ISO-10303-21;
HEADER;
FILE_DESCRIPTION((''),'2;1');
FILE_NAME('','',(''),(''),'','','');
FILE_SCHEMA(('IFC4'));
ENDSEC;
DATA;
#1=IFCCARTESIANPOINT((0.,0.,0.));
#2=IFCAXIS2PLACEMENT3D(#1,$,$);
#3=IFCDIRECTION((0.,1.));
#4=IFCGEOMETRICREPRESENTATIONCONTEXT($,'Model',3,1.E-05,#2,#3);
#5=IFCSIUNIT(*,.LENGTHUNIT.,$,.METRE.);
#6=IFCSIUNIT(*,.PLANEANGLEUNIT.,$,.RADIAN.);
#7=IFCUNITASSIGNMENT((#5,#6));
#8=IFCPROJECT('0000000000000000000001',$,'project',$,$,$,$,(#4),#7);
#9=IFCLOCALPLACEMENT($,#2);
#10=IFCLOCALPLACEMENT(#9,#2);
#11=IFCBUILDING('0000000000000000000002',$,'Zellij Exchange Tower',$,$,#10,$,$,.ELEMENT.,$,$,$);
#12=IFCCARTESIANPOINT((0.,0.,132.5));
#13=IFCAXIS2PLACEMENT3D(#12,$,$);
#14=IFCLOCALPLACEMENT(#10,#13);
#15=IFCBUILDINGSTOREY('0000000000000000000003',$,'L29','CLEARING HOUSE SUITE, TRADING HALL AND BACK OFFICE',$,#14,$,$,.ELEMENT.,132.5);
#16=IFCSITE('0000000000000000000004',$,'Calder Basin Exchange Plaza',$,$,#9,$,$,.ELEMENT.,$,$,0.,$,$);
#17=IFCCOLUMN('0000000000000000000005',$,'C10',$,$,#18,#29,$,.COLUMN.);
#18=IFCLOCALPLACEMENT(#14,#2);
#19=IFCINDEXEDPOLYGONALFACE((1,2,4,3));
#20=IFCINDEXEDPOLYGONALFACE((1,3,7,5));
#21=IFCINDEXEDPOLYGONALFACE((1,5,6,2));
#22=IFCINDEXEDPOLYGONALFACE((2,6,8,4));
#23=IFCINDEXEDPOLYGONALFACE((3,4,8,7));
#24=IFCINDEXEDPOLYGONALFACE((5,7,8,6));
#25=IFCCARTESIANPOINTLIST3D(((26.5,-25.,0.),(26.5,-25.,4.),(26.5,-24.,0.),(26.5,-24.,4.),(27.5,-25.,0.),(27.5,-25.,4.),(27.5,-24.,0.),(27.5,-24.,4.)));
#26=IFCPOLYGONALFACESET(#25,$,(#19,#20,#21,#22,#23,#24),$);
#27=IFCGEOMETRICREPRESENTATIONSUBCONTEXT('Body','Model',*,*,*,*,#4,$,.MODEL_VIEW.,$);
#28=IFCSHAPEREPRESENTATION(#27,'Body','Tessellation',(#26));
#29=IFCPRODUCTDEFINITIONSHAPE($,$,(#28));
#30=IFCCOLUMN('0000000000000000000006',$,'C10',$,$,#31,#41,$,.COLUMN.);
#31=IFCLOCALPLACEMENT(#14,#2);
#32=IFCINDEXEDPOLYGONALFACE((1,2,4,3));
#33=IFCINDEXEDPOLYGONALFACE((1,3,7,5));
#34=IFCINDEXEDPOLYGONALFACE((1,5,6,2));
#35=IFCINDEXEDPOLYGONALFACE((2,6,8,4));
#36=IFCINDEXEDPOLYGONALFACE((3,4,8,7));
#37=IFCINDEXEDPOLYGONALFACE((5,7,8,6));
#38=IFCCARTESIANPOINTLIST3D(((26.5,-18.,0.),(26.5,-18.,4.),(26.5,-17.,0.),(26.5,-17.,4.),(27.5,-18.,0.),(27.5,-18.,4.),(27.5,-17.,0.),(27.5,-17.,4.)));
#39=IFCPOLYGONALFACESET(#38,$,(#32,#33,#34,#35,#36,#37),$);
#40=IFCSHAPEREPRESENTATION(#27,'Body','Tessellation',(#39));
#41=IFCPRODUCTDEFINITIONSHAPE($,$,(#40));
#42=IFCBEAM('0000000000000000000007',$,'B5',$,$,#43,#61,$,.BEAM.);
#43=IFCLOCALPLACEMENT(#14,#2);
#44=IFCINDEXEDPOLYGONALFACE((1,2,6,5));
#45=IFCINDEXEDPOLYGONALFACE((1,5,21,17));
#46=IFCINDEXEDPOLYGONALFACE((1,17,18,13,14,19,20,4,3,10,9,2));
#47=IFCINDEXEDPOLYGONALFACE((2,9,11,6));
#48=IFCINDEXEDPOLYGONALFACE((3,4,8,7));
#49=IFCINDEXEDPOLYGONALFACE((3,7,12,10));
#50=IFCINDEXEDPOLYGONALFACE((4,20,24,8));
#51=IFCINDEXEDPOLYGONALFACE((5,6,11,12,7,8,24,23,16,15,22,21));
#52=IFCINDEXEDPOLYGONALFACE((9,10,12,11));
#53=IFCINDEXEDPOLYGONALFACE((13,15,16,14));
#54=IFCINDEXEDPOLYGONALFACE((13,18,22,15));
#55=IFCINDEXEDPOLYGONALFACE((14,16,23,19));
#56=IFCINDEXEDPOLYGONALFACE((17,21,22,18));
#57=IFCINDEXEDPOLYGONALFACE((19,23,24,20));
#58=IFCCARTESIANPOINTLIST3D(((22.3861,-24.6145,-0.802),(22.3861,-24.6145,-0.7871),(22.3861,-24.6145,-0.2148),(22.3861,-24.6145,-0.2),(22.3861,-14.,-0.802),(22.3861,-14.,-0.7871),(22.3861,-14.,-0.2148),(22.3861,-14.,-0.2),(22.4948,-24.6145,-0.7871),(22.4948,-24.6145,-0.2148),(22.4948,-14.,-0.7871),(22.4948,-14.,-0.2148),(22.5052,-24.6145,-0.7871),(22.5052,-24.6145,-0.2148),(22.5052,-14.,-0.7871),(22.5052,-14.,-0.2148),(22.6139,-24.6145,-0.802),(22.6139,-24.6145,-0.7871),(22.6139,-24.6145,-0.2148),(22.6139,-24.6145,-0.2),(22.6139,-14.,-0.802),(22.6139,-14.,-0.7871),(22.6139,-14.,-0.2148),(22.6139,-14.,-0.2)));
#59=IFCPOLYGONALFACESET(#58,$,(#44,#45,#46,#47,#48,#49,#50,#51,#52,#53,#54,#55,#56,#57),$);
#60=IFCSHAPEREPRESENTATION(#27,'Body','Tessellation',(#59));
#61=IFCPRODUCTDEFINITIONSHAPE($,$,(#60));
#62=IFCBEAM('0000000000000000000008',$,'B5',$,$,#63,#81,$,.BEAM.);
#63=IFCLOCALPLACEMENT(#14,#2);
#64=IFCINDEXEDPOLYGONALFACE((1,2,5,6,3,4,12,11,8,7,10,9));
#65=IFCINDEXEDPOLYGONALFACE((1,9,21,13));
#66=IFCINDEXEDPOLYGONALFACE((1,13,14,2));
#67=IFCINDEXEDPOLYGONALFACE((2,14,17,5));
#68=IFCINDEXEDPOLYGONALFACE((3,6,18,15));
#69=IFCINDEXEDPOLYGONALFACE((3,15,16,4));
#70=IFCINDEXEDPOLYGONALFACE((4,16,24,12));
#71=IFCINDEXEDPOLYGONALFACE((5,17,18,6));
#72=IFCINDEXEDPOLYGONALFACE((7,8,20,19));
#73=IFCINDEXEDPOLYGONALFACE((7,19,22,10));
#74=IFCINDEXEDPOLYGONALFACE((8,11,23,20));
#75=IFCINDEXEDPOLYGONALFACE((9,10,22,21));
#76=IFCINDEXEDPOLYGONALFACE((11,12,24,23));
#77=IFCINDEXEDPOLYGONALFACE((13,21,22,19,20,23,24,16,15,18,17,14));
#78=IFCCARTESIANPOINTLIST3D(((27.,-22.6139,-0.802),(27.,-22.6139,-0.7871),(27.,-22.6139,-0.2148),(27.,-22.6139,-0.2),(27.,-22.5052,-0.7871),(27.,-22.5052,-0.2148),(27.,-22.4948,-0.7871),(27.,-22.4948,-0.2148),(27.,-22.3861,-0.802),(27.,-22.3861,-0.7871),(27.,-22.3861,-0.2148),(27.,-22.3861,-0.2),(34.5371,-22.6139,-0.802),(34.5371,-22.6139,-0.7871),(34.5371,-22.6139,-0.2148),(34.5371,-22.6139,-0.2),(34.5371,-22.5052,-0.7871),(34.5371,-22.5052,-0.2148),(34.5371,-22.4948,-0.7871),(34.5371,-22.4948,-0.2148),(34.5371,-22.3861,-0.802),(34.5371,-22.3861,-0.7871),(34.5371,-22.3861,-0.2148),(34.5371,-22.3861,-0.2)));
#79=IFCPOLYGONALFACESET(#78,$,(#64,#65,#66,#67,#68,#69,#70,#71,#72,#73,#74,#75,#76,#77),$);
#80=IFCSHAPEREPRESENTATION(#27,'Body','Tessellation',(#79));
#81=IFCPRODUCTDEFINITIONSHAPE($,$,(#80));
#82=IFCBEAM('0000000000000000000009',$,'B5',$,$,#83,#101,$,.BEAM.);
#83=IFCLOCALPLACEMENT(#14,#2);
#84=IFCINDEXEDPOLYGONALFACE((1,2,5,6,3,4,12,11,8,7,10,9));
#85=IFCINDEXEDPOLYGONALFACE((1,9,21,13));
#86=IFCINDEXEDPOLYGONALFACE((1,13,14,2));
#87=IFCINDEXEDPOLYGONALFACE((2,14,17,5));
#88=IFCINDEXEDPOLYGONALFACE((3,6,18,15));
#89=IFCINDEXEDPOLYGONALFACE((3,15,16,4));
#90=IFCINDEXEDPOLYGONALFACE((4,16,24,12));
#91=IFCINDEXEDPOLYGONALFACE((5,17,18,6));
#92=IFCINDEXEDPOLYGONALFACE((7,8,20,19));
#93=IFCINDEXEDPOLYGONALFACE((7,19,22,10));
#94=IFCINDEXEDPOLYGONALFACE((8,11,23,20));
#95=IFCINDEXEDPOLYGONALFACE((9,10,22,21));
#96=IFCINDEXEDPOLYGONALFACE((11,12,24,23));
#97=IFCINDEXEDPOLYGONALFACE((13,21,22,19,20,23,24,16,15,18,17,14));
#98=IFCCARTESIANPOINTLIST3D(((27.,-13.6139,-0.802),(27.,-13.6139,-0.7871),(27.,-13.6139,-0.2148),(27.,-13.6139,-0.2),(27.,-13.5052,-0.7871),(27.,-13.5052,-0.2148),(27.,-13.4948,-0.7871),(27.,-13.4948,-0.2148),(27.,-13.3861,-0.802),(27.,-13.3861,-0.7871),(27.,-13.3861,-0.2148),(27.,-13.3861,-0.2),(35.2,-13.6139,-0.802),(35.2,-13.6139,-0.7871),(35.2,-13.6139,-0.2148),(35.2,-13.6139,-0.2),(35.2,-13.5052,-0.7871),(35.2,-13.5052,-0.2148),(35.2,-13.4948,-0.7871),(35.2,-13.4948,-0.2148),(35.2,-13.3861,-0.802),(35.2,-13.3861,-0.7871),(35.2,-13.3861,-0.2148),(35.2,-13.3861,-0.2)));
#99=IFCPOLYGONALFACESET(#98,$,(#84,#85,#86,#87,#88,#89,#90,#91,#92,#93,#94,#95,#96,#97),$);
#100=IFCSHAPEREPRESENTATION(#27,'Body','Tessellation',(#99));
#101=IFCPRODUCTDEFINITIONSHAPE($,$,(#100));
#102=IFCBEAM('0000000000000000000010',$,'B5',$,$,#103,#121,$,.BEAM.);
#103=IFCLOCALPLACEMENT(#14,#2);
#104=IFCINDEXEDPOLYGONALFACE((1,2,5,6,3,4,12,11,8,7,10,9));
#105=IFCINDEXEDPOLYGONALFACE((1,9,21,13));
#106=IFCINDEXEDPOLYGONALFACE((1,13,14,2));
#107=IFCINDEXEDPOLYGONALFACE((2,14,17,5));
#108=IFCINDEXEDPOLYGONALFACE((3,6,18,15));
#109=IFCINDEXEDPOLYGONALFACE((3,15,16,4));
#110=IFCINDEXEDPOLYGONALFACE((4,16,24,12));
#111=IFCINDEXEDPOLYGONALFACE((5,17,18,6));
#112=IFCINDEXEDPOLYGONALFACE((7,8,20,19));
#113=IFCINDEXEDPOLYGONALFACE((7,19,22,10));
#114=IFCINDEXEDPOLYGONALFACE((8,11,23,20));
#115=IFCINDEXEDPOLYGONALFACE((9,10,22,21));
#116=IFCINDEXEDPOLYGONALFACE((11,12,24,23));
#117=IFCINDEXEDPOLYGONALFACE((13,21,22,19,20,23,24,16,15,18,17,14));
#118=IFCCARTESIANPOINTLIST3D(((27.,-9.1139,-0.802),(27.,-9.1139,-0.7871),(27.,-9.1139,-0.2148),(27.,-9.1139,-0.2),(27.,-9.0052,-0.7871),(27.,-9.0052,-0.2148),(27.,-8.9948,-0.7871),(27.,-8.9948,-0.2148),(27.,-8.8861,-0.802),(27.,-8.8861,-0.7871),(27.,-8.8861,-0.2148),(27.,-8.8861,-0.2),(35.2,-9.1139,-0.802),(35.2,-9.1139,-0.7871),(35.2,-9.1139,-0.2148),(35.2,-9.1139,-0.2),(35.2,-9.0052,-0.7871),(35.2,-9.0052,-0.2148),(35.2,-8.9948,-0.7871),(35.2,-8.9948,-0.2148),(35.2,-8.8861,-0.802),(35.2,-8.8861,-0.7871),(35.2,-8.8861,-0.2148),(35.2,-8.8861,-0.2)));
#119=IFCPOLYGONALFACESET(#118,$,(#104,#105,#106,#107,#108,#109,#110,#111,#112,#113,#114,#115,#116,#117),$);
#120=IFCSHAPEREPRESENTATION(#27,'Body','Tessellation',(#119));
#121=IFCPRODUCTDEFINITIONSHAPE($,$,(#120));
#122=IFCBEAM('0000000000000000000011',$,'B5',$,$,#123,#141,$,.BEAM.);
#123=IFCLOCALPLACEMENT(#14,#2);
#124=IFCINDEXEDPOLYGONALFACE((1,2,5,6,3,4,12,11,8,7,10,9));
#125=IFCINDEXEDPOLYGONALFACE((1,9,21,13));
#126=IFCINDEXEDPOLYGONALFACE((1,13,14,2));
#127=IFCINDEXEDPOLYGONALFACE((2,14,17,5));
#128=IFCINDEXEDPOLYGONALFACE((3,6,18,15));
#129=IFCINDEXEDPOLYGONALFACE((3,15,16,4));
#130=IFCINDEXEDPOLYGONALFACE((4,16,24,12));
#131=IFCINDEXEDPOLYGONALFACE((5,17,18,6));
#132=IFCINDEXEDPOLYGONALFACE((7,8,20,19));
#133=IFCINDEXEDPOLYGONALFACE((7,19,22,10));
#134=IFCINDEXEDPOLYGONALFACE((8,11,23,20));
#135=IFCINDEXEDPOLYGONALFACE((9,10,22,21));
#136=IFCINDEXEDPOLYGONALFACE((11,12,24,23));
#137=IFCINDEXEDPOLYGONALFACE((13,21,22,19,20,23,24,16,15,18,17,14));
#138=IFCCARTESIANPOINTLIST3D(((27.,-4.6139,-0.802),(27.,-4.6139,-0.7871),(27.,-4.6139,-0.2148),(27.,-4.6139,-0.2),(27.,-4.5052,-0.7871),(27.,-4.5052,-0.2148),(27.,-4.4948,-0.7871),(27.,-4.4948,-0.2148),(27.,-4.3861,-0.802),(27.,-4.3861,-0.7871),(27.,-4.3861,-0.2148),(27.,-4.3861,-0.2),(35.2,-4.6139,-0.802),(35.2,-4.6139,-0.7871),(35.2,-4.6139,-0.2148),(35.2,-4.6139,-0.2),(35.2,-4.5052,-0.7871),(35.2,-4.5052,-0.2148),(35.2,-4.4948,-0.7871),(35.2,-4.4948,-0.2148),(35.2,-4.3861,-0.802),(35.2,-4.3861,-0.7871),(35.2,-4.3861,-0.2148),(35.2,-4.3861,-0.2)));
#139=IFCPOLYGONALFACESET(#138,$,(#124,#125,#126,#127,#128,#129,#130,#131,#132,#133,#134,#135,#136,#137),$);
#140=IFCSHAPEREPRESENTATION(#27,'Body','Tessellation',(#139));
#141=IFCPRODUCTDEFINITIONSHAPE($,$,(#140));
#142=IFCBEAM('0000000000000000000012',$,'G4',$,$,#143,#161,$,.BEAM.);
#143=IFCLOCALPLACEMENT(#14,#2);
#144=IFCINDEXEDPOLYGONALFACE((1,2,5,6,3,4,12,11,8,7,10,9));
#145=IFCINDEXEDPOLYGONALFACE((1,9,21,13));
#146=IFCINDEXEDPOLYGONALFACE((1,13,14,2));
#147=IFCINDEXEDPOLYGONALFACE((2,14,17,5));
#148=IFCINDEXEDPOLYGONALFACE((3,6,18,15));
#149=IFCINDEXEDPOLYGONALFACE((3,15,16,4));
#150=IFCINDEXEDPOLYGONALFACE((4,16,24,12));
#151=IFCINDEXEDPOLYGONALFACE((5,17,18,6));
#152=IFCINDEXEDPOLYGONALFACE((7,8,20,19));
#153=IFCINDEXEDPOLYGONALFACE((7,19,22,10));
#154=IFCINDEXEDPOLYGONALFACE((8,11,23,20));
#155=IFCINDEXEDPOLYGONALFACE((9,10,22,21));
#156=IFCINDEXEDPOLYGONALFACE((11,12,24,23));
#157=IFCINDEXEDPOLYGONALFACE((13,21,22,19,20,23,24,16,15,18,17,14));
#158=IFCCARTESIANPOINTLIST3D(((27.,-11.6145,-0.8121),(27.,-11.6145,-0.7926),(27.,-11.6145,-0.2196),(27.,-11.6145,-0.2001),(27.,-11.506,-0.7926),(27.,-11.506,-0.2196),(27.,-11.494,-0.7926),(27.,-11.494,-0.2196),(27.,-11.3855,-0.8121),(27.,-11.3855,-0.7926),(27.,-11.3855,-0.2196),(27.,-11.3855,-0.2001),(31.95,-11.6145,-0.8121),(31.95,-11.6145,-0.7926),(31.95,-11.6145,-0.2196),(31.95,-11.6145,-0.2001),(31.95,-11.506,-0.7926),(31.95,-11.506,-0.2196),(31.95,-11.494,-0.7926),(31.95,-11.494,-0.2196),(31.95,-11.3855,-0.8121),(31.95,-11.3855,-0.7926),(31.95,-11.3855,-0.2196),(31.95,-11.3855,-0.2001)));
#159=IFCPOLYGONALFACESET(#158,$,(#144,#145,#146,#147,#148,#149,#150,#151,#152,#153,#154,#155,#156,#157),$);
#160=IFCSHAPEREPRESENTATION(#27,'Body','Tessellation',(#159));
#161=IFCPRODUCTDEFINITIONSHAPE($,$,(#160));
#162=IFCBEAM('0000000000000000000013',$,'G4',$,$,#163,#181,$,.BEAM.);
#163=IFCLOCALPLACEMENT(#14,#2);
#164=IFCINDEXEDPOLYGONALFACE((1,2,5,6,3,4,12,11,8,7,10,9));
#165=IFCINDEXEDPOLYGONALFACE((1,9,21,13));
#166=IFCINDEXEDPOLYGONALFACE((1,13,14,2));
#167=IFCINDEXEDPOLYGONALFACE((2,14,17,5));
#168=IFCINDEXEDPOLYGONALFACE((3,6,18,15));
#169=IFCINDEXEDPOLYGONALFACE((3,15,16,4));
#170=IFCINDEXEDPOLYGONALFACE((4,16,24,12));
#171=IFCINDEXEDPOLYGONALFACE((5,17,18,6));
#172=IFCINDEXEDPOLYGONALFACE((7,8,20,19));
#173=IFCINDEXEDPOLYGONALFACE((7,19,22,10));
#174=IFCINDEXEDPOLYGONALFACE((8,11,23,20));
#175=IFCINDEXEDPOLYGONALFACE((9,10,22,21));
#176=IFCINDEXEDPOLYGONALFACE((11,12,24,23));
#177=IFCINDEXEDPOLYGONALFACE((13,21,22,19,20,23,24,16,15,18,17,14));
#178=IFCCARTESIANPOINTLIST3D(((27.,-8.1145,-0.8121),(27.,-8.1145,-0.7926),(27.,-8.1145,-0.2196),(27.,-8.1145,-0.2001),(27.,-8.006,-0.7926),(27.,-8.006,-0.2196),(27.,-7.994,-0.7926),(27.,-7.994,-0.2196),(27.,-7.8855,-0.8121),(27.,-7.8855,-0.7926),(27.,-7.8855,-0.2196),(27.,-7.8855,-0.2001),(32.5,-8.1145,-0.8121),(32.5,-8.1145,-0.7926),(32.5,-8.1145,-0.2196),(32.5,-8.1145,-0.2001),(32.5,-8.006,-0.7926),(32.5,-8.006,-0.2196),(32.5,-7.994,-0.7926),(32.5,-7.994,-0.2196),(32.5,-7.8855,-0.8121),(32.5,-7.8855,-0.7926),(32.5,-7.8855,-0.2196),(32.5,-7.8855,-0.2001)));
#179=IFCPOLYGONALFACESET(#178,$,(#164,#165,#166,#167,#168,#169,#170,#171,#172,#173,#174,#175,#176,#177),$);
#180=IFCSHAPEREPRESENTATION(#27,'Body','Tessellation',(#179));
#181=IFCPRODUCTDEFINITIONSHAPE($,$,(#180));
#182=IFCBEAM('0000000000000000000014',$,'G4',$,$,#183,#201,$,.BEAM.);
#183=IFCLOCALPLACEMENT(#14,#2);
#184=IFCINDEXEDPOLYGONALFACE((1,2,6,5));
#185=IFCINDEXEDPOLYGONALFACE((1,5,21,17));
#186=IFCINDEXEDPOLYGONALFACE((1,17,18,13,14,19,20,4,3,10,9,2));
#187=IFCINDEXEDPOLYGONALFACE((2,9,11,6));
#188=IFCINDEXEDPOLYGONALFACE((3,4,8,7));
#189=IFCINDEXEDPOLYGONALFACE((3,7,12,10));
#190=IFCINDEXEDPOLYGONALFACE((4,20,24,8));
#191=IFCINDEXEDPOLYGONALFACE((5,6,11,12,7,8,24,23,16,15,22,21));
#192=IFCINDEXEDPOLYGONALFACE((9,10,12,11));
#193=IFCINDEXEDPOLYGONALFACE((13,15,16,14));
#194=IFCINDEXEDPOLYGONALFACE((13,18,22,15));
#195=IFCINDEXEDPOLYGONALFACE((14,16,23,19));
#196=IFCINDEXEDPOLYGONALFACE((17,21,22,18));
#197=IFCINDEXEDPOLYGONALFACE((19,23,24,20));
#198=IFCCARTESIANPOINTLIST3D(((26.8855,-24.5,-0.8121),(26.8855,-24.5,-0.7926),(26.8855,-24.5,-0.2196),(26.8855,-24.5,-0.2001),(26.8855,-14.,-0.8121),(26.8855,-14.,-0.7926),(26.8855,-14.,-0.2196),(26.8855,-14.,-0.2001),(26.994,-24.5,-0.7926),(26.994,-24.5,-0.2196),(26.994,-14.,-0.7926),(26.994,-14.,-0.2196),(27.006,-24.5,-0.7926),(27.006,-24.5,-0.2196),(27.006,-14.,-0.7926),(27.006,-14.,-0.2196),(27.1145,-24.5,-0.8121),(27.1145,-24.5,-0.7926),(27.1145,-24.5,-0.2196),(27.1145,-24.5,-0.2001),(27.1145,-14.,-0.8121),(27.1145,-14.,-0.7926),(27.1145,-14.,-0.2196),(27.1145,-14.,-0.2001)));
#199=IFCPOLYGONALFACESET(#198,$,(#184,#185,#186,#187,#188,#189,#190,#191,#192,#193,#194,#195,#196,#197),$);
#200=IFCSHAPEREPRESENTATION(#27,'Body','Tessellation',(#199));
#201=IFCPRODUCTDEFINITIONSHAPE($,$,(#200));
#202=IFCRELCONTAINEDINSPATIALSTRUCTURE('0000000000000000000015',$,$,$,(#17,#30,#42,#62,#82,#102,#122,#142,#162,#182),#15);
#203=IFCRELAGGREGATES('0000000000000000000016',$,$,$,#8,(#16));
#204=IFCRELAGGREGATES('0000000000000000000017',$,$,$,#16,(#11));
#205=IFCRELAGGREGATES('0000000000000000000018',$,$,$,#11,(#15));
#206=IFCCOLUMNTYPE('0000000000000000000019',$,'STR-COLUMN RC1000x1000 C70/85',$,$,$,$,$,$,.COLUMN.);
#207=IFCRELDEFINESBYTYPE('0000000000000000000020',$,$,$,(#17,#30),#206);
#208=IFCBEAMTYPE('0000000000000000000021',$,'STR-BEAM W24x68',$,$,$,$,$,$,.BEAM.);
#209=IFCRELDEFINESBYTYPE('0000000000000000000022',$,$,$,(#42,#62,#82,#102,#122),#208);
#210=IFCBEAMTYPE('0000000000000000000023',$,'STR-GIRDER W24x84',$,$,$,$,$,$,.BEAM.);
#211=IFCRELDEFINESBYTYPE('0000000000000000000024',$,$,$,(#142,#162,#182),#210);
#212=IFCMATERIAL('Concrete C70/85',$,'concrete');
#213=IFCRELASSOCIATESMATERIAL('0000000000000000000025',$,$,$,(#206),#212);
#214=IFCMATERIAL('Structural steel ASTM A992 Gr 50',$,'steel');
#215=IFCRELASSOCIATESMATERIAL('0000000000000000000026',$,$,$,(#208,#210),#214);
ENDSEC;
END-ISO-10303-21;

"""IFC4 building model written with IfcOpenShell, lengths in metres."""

from ifc_helpers import new_model, si_unit, direction, frame, origin, origin_2d, place, context, subcontext, project, spatial, rectangle, i_section, extrude, material, material_profile, profile_set, type_object, element, save


model = new_model("IFC4")

# Units and contexts
model_context = context("Model", 3, precision=1e-05, world=origin(), true_north=direction((0.0, 1.0)))
body_context = subcontext(model_context, "Body", "Model", "MODEL_VIEW")
ifc_project = project(units=[si_unit("LENGTHUNIT", "METRE"), si_unit("PLANEANGLEUNIT", "RADIAN")], contexts=[model_context])

# Site, building, storey
site_placement = place(None, origin())
site = spatial("IfcSite", under=ifc_project, at=site_placement, Name="Calder Basin Exchange Plaza", CompositionType="ELEMENT", RefElevation=0.0)
building_placement = place(site_placement, origin())
building = spatial("IfcBuilding", under=site, at=building_placement, Name="Zellij Exchange Tower", CompositionType="ELEMENT")
storey_placement = place(building_placement, frame((0.0, 0.0, 132.5)))
storey = spatial("IfcBuildingStorey", under=building, at=storey_placement, Name="L29", Description="CLEARING HOUSE SUITE, TRADING HALL AND BACK OFFICE", CompositionType="ELEMENT", Elevation=132.5)

# Columns
ifc_material_1 = material(Name="Concrete C70/85", Category="concrete")
ifc_material_profile_1 = material_profile(ifc_material_1, rectangle(XDim=1.0, YDim=1.0, at=origin_2d()), Name="STR-COLUMN RC1000x1000 C70/85")
ifc_profile_set_1 = profile_set([ifc_material_profile_1], Name="Concrete C70/85")
column_type = type_object("IfcColumnType", Name="STR-COLUMN RC1000x1000 C70/85", PredefinedType="COLUMN", material=ifc_profile_set_1)
for number, where, z_axis, x_axis, name in (
    (1, (27.0, -24.5, 0.0), (0.0, 0.0, 1.0), (1.0, 0.0, 0.0), "C10"),
    (2, (27.0, -17.5, 0.0), (0.0, 0.0, 1.0), (1.0, 0.0, 0.0), "C10"),
):
    element("IfcColumn", number, at=place(storey_placement, frame(where, z_axis=z_axis, x_axis=x_axis)), inside=storey, type_object=column_type, Name=name, PredefinedType="COLUMN", context=body_context, shape_type="SweptSolid", body=[
        extrude(rectangle(XDim=1.0, YDim=1.0, at=origin_2d()), origin(), (0.0, 0.0, 1.0), 4.0),
    ])

# Beams
ifc_material_2 = material(Name="Structural steel ASTM A992 Gr 50", Category="steel")
ifc_material_profile_2 = material_profile(ifc_material_2, i_section(OverallWidth=0.2278, OverallDepth=0.6021, WebThickness=0.0105, FlangeThickness=0.0149, at=origin_2d()), Name="W24x68")
ifc_profile_set_2 = profile_set([ifc_material_profile_2], Name="Structural steel ASTM A992 Gr 50")
beam_type_1 = type_object("IfcBeamType", Name="STR-BEAM W24x68", PredefinedType="BEAM", material=ifc_profile_set_2)
beam_1_placement = place(storey_placement, frame((22.5, -24.6145, -0.501), z_axis=(0.0, 1.0, 0.0), x_axis=(-1.0, 0.0, 0.0)))
element("IfcBeam", 3, at=beam_1_placement, inside=storey, type_object=beam_type_1, Name="B5", PredefinedType="BEAM", context=body_context, shape_type="SweptSolid", body=[
    extrude(i_section(OverallWidth=0.2278, OverallDepth=0.6021, WebThickness=0.0105, FlangeThickness=0.0149, at=origin_2d()), origin(), (0.0, 0.0, 1.0), 10.6145),
])
beam_2_placement = place(storey_placement, frame((27.0, -22.5, -0.501), z_axis=(1.0, 0.0, 0.0), x_axis=(0.0, 1.0, 0.0)))
element("IfcBeam", 4, at=beam_2_placement, inside=storey, type_object=beam_type_1, Name="B5", PredefinedType="BEAM", context=body_context, shape_type="SweptSolid", body=[
    extrude(i_section(OverallWidth=0.2278, OverallDepth=0.6021, WebThickness=0.0105, FlangeThickness=0.0149, at=origin_2d()), origin(), (0.0, 0.0, 1.0), 7.5371),
])
for number, where, z_axis, x_axis, name in (
    (5, (27.0, -13.5, -0.501), (1.0, 0.0, 0.0), (0.0, 1.0, 0.0), "B5"),
    (6, (27.0, -9.0, -0.501), (1.0, 0.0, 0.0), (0.0, 1.0, 0.0), "B5"),
    (7, (27.0, -4.5, -0.501), (1.0, 0.0, 0.0), (0.0, 1.0, 0.0), "B5"),
):
    element("IfcBeam", number, at=place(storey_placement, frame(where, z_axis=z_axis, x_axis=x_axis)), inside=storey, type_object=beam_type_1, Name=name, PredefinedType="BEAM", context=body_context, shape_type="SweptSolid", body=[
        extrude(i_section(OverallWidth=0.2278, OverallDepth=0.6021, WebThickness=0.0105, FlangeThickness=0.0149, at=origin_2d()), origin(), (0.0, 0.0, 1.0), 8.2),
    ])
ifc_material_profile_3 = material_profile(ifc_material_2, i_section(OverallWidth=0.229, OverallDepth=0.6121, WebThickness=0.012, FlangeThickness=0.0195, at=origin_2d()), Name="W24x84")
ifc_profile_set_3 = profile_set([ifc_material_profile_3], Name="Structural steel ASTM A992 Gr 50")
beam_type_2 = type_object("IfcBeamType", Name="STR-GIRDER W24x84", PredefinedType="BEAM", material=ifc_profile_set_3)
beam_3_placement = place(storey_placement, frame((27.0, -11.5, -0.5061), z_axis=(1.0, 0.0, 0.0), x_axis=(0.0, 1.0, 0.0)))
element("IfcBeam", 8, at=beam_3_placement, inside=storey, type_object=beam_type_2, Name="G4", PredefinedType="BEAM", context=body_context, shape_type="SweptSolid", body=[
    extrude(i_section(OverallWidth=0.229, OverallDepth=0.6121, WebThickness=0.012, FlangeThickness=0.0195, at=origin_2d()), origin(), (0.0, 0.0, 1.0), 4.95),
])
beam_4_placement = place(storey_placement, frame((27.0, -8.0, -0.5061), z_axis=(1.0, 0.0, 0.0), x_axis=(0.0, 1.0, 0.0)))
element("IfcBeam", 9, at=beam_4_placement, inside=storey, type_object=beam_type_2, Name="G4", PredefinedType="BEAM", context=body_context, shape_type="SweptSolid", body=[
    extrude(i_section(OverallWidth=0.229, OverallDepth=0.6121, WebThickness=0.012, FlangeThickness=0.0195, at=origin_2d()), origin(), (0.0, 0.0, 1.0), 5.5),
])
beam_5_placement = place(storey_placement, frame((27.0, -24.5, -0.5061), z_axis=(0.0, 1.0, 0.0), x_axis=(-1.0, 0.0, 0.0)))
element("IfcBeam", 10, at=beam_5_placement, inside=storey, type_object=beam_type_2, Name="G4", PredefinedType="BEAM", context=body_context, shape_type="SweptSolid", body=[
    extrude(i_section(OverallWidth=0.229, OverallDepth=0.6121, WebThickness=0.012, FlangeThickness=0.0195, at=origin_2d()), origin(), (0.0, 0.0, 1.0), 10.5),
])

save(model, "model.ifc")
